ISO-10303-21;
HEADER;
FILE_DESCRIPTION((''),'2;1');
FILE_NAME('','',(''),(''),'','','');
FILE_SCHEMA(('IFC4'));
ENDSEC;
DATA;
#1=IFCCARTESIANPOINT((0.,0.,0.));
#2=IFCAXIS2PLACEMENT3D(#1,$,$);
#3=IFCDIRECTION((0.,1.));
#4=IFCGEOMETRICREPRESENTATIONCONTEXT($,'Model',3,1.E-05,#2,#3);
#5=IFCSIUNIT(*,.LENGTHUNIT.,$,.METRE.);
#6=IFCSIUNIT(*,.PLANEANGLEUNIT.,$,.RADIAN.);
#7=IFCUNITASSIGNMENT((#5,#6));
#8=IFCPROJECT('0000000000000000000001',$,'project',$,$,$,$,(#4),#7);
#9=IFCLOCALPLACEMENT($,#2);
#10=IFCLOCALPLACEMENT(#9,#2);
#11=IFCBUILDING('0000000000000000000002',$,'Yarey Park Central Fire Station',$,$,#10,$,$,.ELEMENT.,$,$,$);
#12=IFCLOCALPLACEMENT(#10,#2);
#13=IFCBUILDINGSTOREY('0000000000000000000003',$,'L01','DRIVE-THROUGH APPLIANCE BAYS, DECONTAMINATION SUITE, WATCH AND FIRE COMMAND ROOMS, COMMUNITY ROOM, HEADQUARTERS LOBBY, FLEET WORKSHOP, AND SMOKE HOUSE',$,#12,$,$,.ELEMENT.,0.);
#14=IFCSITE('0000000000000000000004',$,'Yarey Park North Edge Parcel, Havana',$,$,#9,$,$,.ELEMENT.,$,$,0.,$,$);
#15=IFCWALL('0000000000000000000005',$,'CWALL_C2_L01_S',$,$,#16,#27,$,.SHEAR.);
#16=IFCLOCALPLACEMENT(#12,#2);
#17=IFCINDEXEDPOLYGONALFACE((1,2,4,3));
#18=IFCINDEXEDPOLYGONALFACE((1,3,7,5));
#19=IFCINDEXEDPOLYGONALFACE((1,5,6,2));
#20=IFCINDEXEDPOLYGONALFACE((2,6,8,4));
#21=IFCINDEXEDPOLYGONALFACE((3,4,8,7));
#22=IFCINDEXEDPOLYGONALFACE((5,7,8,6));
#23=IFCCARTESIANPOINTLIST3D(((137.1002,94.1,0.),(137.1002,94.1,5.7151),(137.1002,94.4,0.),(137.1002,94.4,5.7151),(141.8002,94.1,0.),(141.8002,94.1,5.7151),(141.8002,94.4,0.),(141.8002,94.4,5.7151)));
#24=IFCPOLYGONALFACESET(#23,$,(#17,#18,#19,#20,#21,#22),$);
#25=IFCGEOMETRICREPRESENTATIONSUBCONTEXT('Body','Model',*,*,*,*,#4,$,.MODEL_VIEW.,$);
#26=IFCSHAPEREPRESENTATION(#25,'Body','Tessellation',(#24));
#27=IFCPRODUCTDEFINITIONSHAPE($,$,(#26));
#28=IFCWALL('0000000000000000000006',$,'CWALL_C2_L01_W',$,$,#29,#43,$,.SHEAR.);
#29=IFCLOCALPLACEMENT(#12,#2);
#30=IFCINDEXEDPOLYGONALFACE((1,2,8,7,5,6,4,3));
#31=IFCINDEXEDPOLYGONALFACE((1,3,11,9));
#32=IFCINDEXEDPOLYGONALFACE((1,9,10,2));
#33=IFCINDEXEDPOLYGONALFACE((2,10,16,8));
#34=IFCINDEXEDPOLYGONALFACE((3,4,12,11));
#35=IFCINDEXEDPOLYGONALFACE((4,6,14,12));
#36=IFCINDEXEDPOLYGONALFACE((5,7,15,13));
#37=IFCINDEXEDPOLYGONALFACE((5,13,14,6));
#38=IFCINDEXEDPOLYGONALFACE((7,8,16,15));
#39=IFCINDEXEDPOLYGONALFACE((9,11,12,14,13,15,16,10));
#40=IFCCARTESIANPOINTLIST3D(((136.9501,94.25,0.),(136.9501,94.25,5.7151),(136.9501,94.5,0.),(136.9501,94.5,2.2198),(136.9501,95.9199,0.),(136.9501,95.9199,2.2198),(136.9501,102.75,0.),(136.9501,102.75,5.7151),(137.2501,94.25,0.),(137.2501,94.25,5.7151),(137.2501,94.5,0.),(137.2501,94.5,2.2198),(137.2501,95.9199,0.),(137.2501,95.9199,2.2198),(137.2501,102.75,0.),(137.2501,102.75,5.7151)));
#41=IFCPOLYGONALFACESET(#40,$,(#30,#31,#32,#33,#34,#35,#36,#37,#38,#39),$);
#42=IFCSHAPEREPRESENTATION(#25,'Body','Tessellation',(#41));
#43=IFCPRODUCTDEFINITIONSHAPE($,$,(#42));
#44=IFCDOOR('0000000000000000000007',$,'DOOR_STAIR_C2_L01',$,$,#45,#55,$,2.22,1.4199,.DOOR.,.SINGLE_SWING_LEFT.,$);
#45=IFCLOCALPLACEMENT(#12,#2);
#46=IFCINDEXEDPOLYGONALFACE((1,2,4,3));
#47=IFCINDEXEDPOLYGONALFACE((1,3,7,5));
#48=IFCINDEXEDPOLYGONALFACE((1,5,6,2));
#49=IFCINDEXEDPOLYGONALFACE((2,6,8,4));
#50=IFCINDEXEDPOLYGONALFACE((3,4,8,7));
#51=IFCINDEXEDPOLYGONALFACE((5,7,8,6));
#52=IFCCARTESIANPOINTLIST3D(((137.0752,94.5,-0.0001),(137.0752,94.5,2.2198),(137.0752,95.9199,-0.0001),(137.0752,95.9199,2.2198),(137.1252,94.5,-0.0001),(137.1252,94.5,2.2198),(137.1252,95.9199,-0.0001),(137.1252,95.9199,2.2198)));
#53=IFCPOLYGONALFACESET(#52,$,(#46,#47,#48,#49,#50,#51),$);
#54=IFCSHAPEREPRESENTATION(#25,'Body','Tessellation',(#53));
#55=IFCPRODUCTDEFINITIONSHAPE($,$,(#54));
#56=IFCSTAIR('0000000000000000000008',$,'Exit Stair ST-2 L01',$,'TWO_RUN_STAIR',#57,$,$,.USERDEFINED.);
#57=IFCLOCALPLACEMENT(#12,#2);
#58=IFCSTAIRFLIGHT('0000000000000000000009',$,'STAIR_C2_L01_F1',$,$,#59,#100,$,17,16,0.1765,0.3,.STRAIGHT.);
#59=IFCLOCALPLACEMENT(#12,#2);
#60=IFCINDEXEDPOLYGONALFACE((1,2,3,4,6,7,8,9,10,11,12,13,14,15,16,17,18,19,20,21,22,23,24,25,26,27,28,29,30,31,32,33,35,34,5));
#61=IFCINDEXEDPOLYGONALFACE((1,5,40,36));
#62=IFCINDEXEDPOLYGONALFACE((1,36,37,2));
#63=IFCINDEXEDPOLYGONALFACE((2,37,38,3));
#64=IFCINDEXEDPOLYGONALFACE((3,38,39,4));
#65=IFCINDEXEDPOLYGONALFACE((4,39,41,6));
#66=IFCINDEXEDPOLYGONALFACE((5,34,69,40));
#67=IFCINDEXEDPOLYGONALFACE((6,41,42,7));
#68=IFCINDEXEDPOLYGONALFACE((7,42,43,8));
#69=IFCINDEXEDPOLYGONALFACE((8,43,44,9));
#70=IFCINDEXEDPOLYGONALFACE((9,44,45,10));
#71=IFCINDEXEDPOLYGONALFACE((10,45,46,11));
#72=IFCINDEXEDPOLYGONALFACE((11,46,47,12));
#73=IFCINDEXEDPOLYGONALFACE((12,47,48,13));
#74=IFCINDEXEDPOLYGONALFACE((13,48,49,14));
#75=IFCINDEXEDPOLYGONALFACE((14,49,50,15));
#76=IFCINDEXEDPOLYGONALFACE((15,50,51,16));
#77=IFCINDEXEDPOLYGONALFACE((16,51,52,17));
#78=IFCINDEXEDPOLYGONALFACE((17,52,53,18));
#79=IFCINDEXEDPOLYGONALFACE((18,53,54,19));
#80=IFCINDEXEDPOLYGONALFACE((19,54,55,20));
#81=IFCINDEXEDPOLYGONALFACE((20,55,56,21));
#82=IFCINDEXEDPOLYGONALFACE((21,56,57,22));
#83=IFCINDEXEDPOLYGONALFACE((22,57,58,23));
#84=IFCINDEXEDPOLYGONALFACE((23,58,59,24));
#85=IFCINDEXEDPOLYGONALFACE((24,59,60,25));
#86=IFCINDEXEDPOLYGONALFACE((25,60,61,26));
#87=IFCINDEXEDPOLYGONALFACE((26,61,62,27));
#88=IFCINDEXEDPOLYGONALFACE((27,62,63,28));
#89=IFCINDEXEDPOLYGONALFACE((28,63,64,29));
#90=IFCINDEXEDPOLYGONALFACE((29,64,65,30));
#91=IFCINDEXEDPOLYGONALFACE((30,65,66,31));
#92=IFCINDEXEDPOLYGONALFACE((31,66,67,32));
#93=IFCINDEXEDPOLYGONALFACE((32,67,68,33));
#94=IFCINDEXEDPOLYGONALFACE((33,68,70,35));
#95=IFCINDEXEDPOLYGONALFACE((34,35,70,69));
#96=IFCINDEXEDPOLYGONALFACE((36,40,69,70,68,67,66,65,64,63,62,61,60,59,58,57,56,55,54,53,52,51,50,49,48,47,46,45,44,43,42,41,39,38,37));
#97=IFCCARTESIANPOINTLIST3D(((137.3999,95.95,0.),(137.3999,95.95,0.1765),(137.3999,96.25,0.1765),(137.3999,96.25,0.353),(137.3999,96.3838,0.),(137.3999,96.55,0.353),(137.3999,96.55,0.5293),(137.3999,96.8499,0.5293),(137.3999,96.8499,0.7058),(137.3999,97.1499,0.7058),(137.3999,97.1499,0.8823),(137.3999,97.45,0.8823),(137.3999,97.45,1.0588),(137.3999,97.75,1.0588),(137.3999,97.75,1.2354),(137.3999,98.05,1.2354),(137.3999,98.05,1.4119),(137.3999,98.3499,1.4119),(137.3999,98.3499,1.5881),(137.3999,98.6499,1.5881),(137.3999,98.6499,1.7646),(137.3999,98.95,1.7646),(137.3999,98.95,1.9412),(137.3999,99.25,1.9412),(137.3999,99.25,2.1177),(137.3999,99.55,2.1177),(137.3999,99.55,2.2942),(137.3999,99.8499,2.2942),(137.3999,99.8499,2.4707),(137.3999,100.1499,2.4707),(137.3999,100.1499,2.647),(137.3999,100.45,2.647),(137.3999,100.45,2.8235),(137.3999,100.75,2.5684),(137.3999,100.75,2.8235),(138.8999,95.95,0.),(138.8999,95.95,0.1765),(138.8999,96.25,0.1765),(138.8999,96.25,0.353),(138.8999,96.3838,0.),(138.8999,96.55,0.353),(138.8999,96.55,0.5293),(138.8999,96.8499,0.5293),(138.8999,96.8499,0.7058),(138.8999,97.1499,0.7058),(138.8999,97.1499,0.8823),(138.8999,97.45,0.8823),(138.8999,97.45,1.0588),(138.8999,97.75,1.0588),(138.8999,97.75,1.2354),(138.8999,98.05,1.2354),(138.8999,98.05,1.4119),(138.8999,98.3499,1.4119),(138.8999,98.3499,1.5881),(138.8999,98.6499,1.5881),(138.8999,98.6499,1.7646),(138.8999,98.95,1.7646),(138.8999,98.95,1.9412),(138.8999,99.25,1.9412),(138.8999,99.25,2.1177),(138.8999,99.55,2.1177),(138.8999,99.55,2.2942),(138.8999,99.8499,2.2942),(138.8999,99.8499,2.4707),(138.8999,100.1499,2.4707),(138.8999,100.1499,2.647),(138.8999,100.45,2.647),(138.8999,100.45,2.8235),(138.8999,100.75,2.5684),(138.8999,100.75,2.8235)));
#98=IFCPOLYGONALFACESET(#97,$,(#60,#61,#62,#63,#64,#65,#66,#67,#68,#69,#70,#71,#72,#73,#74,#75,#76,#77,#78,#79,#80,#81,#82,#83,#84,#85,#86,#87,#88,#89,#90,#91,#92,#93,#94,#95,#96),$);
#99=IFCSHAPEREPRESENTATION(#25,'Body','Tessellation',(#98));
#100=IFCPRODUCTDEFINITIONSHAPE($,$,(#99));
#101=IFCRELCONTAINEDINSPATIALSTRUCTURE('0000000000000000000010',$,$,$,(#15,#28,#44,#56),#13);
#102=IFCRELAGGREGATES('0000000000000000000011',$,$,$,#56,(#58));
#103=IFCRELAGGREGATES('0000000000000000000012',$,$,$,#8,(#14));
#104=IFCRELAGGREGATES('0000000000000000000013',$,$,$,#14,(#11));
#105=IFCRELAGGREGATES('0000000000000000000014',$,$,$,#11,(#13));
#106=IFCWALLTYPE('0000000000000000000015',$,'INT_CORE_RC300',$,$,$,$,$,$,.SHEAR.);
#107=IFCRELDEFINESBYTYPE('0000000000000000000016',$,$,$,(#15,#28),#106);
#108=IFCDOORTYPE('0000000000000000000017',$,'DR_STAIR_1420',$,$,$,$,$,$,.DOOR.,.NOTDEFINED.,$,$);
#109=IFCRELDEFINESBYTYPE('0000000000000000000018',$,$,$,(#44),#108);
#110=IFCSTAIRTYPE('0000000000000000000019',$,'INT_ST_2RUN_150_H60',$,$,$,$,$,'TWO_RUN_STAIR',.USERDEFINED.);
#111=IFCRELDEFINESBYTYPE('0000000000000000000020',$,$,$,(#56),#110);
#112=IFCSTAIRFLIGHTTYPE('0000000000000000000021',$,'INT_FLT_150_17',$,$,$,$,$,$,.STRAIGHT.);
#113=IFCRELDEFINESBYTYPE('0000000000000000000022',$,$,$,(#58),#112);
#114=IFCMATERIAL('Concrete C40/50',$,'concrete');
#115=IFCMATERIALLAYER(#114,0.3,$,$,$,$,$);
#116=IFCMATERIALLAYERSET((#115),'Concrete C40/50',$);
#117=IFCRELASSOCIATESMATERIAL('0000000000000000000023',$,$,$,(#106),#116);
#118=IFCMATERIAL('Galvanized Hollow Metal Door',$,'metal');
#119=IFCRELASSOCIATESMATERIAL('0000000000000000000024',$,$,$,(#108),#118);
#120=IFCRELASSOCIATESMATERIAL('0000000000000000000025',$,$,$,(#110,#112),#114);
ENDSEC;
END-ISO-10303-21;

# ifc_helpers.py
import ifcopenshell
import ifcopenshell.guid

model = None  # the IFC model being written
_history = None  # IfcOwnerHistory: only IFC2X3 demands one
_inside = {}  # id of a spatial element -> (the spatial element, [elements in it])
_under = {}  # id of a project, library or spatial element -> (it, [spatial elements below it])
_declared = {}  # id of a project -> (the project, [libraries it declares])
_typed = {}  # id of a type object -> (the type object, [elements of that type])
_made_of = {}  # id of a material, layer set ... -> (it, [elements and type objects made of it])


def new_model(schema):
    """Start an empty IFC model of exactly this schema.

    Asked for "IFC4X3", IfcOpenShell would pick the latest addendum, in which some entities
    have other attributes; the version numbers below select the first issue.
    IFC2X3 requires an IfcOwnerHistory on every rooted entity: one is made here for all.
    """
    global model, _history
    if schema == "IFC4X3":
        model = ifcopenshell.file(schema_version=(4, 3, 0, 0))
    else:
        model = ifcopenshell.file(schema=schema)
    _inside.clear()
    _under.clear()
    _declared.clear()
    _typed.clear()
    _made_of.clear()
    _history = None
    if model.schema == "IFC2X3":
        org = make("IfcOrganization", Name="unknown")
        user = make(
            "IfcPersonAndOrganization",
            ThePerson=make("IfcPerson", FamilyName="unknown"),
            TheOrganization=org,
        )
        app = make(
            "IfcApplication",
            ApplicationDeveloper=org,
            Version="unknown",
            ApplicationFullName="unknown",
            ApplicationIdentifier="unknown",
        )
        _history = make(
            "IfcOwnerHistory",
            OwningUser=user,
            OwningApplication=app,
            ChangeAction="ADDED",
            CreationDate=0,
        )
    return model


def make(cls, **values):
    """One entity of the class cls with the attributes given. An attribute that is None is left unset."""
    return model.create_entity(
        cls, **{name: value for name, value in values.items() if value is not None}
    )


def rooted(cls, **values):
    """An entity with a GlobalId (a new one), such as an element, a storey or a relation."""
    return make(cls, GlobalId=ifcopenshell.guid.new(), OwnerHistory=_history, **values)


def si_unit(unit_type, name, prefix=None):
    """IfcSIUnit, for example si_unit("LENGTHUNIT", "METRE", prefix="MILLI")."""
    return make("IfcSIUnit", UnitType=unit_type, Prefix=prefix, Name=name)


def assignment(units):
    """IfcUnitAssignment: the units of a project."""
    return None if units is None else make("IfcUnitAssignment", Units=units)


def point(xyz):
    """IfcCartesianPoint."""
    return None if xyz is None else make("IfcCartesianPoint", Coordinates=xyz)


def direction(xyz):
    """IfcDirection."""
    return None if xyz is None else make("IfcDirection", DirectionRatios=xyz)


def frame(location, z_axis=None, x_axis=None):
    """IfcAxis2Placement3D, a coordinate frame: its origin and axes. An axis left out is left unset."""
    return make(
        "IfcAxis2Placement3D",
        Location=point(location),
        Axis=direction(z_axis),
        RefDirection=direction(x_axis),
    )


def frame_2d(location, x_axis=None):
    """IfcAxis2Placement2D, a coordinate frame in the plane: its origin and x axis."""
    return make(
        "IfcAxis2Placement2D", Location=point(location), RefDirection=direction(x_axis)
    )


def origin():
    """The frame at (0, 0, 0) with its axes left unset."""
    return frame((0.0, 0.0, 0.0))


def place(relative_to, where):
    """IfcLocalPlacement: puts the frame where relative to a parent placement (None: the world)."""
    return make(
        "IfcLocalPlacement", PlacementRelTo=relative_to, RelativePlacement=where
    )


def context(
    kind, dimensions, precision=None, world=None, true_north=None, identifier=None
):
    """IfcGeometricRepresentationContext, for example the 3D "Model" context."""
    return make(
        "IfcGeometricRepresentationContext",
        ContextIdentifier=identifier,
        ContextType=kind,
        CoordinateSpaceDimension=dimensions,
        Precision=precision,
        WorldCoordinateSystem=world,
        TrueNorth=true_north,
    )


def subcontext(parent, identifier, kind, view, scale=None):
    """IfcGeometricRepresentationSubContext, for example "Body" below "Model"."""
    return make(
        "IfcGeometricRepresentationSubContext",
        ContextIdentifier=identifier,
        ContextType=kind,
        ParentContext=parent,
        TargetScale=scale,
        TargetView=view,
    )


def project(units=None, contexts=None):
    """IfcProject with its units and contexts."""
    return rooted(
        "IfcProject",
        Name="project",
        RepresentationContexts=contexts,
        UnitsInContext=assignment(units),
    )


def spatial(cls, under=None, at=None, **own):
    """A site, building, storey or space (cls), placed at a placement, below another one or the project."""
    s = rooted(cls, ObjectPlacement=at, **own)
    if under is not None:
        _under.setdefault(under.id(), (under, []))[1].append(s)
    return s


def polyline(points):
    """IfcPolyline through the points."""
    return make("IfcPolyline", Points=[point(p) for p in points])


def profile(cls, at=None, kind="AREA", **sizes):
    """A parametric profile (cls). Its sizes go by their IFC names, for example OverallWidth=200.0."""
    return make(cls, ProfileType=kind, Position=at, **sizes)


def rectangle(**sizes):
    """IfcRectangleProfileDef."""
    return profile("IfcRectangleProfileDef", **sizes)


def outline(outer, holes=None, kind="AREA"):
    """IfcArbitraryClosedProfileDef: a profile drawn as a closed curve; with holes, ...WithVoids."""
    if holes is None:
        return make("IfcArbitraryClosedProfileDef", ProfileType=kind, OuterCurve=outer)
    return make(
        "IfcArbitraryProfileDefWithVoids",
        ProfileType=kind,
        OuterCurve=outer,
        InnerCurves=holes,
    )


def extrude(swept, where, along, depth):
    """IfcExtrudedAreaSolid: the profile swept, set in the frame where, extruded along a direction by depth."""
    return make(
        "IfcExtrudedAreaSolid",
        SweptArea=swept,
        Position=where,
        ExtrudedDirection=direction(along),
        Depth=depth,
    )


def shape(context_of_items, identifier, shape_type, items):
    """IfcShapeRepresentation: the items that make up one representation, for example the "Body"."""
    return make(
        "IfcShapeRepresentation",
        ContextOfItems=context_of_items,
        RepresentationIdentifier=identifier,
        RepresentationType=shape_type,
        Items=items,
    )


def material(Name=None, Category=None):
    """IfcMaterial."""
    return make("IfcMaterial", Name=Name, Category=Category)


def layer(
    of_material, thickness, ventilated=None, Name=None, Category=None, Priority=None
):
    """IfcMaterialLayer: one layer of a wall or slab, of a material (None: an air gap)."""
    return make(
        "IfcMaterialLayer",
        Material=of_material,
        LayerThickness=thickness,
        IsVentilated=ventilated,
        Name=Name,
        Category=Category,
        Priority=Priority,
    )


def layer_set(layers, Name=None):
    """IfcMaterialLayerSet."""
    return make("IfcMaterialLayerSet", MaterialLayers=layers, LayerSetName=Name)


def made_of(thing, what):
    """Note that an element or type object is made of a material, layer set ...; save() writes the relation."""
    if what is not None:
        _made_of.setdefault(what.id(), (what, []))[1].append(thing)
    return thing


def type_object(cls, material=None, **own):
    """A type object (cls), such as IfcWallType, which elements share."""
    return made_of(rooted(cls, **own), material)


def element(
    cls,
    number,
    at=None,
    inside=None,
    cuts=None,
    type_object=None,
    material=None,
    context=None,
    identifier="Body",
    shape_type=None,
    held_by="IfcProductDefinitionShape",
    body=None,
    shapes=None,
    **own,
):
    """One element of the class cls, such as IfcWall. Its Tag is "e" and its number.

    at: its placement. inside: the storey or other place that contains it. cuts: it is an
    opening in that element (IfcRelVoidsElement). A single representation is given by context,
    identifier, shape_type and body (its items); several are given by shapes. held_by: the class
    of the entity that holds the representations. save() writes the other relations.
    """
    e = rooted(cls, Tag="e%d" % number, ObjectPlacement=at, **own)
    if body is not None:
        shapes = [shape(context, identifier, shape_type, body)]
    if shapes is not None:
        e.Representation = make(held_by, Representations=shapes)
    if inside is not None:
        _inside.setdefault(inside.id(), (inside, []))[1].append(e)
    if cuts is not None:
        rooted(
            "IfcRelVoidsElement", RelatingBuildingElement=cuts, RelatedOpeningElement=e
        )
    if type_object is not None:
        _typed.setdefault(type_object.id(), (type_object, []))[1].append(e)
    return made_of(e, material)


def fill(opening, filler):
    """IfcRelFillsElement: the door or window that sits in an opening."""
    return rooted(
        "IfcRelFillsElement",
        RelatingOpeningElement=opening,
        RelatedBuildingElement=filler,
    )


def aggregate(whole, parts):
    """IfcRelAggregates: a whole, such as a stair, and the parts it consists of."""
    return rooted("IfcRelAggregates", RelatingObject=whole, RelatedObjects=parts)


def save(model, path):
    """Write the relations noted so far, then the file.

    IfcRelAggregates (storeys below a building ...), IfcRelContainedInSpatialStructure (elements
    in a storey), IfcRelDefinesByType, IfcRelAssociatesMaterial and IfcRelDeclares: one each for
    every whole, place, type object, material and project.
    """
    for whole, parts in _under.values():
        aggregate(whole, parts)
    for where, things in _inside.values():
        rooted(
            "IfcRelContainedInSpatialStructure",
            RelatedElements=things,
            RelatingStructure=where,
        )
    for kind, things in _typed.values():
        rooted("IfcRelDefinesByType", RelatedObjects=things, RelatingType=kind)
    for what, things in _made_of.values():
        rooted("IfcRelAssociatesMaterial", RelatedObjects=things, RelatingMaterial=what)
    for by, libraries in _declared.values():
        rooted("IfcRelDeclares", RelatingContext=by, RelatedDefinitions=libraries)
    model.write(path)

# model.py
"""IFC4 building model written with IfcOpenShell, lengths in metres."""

from ifc_helpers import new_model, si_unit, direction, frame, frame_2d, origin, place, context, subcontext, project, spatial, polyline, rectangle, outline, extrude, material, layer, layer_set, type_object, element, fill, aggregate, save


model = new_model("IFC4")

# Units and contexts
model_context = context("Model", 3, precision=1e-05, world=origin(), true_north=direction((0.0, 1.0)))
body_context = subcontext(model_context, "Body", "Model", "MODEL_VIEW")
ifc_project = project(units=[si_unit("LENGTHUNIT", "METRE"), si_unit("PLANEANGLEUNIT", "RADIAN")], contexts=[model_context])

# Site, building, storey
site_placement = place(None, origin())
site = spatial("IfcSite", under=ifc_project, at=site_placement, Name="Yarey Park North Edge Parcel, Havana", CompositionType="ELEMENT", RefElevation=0.0)
building_placement = place(site_placement, origin())
building = spatial("IfcBuilding", under=site, at=building_placement, Name="Yarey Park Central Fire Station", CompositionType="ELEMENT")
storey_placement = place(building_placement, origin())
storey = spatial("IfcBuildingStorey", under=building, at=storey_placement, Name="L01", Description="DRIVE-THROUGH APPLIANCE BAYS, DECONTAMINATION SUITE, WATCH AND FIRE COMMAND ROOMS, COMMUNITY ROOM, HEADQUARTERS LOBBY, FLEET WORKSHOP, AND SMOKE HOUSE", CompositionType="ELEMENT", Elevation=0.0)

# Shared definitions
ifc_material_1 = material(Name="Concrete C40/50", Category="concrete")

# Wall
ifc_layer_1 = layer(ifc_material_1, 0.3)
ifc_layer_set_1 = layer_set([ifc_layer_1], Name="Concrete C40/50")
wall_type_1 = type_object("IfcWallType", Name="INT_CORE_RC300", PredefinedType="SHEAR", material=ifc_layer_set_1)
wall_1_placement = place(storey_placement, frame((137.1001, 94.25, 0.0), z_axis=(0.0, 0.0, 1.0), x_axis=(1.0, 0.0, 0.0)))
element("IfcWall", 1, at=wall_1_placement, inside=storey, type_object=wall_type_1, Name="CWALL_C2_L01_S", PredefinedType="SHEAR", context=body_context, shape_type="SweptSolid", body=[
    extrude(rectangle(XDim=4.7, YDim=0.3, at=frame_2d((2.3501, 0.0))), origin(), (0.0, 0.0, 1.0), 5.7151),
])

# Wall, opening, door
wall_2_placement = place(storey_placement, frame((137.1001, 94.25, 0.0), z_axis=(0.0, 0.0, 1.0), x_axis=(0.0, 1.0, 0.0)))
wall_2 = element("IfcWall", 2, at=wall_2_placement, inside=storey, type_object=wall_type_1, Name="CWALL_C2_L01_W", PredefinedType="SHEAR", context=body_context, shape_type="SweptSolid", body=[
    extrude(rectangle(XDim=8.5, YDim=0.3, at=frame_2d((4.25, 0.0))), origin(), (0.0, 0.0, 1.0), 5.7151),
])
opening_1_placement = place(wall_2_placement, frame((0.25, 0.0, 0.0)))
opening_1 = element("IfcOpeningElement", 3, at=opening_1_placement, cuts=wall_2, PredefinedType="OPENING", context=body_context, shape_type="SweptSolid", body=[
    extrude(rectangle(XDim=1.4199, YDim=2.22, at=frame_2d((0.71, 1.1099))), frame((0.0, 0.1599, 0.0), z_axis=(0.0, -1.0, 0.0), x_axis=(1.0, 0.0, 0.0)), (0.0, 0.0, 1.0), 0.3201),
])
ifc_material_2 = material(Name="Galvanized Hollow Metal Door", Category="metal")
door_type_1 = type_object("IfcDoorType", Name="DR_STAIR_1420", OperationType="NOTDEFINED", PredefinedType="DOOR", material=ifc_material_2)
door_1_placement = place(opening_1_placement, origin())
door_1 = element("IfcDoor", 4, at=door_1_placement, inside=storey, type_object=door_type_1, Name="DOOR_STAIR_C2_L01", OperationType="SINGLE_SWING_LEFT", OverallHeight=2.22, OverallWidth=1.4199, PredefinedType="DOOR", context=body_context, shape_type="SweptSolid", body=[
    extrude(rectangle(XDim=1.4199, YDim=2.22, at=frame_2d((0.71, 1.1099))), frame((0.0, 0.0249, 0.0), z_axis=(0.0, -1.0, 0.0), x_axis=(1.0, 0.0, 0.0)), (0.0, 0.0, 1.0), 0.05),
])
fill(opening_1, door_1)

# Stair, stair flight
stair_type = type_object("IfcStairType", Name="INT_ST_2RUN_150_H60", ElementType="TWO_RUN_STAIR", PredefinedType="USERDEFINED", material=ifc_material_1)
stair_placement = place(storey_placement, origin())
stair = element("IfcStair", 5, at=stair_placement, inside=storey, type_object=stair_type, Name="Exit Stair ST-2 L01", ObjectType="TWO_RUN_STAIR", PredefinedType="USERDEFINED")
stair_flight_type = type_object("IfcStairFlightType", Name="INT_FLT_150_17", PredefinedType="STRAIGHT", material=ifc_material_1)
stair_flight_placement = place(storey_placement, frame((138.1499, 95.95, 0.0), z_axis=(0.0, 0.0, 1.0), x_axis=(0.0, 1.0, 0.0)))
stair_flight = element("IfcStairFlight", 6, at=stair_flight_placement, type_object=stair_flight_type, Name="STAIR_C2_L01_F1", NumberOfRisers=17, NumberOfTreads=16, PredefinedType="STRAIGHT", RiserHeight=0.1765, TreadLength=0.3, context=body_context, shape_type="SweptSolid", body=[
    extrude(outline(polyline([(0.0, 0.0), (0.0, 0.1765), (0.3, 0.1765), (0.3, 0.353), (0.6001, 0.353), (0.6001, 0.5293), (0.8999, 0.5293), (0.8999, 0.7058), (1.2, 0.7058), (1.2, 0.8823), (1.5, 0.8823), (1.5, 1.0588), (1.8, 1.0588), (1.8, 1.2354), (2.1001, 1.2354), (2.1001, 1.4119), (2.3999, 1.4119), (2.3999, 1.5881), (2.7, 1.5881), (2.7, 1.7646), (3.0, 1.7646), (3.0, 1.9412), (3.3, 1.9412), (3.3, 2.1177), (3.6001, 2.1177), (3.6001, 2.2942), (3.8999, 2.2942), (3.8999, 2.4707), (4.2, 2.4707), (4.2, 2.647), (4.5, 2.647), (4.5, 2.8235), (4.8, 2.8235), (4.8, 3.0), (4.8, 2.5684), (0.4338, 0.0), (0.0, 0.0)])), frame((0.0, 0.75, 0.0), z_axis=(0.0, -1.0, 0.0), x_axis=(1.0, 0.0, 0.0)), (0.0, 0.0, 1.0), 1.5),
])
aggregate(stair, [stair_flight])

save(model, "model.ifc")
